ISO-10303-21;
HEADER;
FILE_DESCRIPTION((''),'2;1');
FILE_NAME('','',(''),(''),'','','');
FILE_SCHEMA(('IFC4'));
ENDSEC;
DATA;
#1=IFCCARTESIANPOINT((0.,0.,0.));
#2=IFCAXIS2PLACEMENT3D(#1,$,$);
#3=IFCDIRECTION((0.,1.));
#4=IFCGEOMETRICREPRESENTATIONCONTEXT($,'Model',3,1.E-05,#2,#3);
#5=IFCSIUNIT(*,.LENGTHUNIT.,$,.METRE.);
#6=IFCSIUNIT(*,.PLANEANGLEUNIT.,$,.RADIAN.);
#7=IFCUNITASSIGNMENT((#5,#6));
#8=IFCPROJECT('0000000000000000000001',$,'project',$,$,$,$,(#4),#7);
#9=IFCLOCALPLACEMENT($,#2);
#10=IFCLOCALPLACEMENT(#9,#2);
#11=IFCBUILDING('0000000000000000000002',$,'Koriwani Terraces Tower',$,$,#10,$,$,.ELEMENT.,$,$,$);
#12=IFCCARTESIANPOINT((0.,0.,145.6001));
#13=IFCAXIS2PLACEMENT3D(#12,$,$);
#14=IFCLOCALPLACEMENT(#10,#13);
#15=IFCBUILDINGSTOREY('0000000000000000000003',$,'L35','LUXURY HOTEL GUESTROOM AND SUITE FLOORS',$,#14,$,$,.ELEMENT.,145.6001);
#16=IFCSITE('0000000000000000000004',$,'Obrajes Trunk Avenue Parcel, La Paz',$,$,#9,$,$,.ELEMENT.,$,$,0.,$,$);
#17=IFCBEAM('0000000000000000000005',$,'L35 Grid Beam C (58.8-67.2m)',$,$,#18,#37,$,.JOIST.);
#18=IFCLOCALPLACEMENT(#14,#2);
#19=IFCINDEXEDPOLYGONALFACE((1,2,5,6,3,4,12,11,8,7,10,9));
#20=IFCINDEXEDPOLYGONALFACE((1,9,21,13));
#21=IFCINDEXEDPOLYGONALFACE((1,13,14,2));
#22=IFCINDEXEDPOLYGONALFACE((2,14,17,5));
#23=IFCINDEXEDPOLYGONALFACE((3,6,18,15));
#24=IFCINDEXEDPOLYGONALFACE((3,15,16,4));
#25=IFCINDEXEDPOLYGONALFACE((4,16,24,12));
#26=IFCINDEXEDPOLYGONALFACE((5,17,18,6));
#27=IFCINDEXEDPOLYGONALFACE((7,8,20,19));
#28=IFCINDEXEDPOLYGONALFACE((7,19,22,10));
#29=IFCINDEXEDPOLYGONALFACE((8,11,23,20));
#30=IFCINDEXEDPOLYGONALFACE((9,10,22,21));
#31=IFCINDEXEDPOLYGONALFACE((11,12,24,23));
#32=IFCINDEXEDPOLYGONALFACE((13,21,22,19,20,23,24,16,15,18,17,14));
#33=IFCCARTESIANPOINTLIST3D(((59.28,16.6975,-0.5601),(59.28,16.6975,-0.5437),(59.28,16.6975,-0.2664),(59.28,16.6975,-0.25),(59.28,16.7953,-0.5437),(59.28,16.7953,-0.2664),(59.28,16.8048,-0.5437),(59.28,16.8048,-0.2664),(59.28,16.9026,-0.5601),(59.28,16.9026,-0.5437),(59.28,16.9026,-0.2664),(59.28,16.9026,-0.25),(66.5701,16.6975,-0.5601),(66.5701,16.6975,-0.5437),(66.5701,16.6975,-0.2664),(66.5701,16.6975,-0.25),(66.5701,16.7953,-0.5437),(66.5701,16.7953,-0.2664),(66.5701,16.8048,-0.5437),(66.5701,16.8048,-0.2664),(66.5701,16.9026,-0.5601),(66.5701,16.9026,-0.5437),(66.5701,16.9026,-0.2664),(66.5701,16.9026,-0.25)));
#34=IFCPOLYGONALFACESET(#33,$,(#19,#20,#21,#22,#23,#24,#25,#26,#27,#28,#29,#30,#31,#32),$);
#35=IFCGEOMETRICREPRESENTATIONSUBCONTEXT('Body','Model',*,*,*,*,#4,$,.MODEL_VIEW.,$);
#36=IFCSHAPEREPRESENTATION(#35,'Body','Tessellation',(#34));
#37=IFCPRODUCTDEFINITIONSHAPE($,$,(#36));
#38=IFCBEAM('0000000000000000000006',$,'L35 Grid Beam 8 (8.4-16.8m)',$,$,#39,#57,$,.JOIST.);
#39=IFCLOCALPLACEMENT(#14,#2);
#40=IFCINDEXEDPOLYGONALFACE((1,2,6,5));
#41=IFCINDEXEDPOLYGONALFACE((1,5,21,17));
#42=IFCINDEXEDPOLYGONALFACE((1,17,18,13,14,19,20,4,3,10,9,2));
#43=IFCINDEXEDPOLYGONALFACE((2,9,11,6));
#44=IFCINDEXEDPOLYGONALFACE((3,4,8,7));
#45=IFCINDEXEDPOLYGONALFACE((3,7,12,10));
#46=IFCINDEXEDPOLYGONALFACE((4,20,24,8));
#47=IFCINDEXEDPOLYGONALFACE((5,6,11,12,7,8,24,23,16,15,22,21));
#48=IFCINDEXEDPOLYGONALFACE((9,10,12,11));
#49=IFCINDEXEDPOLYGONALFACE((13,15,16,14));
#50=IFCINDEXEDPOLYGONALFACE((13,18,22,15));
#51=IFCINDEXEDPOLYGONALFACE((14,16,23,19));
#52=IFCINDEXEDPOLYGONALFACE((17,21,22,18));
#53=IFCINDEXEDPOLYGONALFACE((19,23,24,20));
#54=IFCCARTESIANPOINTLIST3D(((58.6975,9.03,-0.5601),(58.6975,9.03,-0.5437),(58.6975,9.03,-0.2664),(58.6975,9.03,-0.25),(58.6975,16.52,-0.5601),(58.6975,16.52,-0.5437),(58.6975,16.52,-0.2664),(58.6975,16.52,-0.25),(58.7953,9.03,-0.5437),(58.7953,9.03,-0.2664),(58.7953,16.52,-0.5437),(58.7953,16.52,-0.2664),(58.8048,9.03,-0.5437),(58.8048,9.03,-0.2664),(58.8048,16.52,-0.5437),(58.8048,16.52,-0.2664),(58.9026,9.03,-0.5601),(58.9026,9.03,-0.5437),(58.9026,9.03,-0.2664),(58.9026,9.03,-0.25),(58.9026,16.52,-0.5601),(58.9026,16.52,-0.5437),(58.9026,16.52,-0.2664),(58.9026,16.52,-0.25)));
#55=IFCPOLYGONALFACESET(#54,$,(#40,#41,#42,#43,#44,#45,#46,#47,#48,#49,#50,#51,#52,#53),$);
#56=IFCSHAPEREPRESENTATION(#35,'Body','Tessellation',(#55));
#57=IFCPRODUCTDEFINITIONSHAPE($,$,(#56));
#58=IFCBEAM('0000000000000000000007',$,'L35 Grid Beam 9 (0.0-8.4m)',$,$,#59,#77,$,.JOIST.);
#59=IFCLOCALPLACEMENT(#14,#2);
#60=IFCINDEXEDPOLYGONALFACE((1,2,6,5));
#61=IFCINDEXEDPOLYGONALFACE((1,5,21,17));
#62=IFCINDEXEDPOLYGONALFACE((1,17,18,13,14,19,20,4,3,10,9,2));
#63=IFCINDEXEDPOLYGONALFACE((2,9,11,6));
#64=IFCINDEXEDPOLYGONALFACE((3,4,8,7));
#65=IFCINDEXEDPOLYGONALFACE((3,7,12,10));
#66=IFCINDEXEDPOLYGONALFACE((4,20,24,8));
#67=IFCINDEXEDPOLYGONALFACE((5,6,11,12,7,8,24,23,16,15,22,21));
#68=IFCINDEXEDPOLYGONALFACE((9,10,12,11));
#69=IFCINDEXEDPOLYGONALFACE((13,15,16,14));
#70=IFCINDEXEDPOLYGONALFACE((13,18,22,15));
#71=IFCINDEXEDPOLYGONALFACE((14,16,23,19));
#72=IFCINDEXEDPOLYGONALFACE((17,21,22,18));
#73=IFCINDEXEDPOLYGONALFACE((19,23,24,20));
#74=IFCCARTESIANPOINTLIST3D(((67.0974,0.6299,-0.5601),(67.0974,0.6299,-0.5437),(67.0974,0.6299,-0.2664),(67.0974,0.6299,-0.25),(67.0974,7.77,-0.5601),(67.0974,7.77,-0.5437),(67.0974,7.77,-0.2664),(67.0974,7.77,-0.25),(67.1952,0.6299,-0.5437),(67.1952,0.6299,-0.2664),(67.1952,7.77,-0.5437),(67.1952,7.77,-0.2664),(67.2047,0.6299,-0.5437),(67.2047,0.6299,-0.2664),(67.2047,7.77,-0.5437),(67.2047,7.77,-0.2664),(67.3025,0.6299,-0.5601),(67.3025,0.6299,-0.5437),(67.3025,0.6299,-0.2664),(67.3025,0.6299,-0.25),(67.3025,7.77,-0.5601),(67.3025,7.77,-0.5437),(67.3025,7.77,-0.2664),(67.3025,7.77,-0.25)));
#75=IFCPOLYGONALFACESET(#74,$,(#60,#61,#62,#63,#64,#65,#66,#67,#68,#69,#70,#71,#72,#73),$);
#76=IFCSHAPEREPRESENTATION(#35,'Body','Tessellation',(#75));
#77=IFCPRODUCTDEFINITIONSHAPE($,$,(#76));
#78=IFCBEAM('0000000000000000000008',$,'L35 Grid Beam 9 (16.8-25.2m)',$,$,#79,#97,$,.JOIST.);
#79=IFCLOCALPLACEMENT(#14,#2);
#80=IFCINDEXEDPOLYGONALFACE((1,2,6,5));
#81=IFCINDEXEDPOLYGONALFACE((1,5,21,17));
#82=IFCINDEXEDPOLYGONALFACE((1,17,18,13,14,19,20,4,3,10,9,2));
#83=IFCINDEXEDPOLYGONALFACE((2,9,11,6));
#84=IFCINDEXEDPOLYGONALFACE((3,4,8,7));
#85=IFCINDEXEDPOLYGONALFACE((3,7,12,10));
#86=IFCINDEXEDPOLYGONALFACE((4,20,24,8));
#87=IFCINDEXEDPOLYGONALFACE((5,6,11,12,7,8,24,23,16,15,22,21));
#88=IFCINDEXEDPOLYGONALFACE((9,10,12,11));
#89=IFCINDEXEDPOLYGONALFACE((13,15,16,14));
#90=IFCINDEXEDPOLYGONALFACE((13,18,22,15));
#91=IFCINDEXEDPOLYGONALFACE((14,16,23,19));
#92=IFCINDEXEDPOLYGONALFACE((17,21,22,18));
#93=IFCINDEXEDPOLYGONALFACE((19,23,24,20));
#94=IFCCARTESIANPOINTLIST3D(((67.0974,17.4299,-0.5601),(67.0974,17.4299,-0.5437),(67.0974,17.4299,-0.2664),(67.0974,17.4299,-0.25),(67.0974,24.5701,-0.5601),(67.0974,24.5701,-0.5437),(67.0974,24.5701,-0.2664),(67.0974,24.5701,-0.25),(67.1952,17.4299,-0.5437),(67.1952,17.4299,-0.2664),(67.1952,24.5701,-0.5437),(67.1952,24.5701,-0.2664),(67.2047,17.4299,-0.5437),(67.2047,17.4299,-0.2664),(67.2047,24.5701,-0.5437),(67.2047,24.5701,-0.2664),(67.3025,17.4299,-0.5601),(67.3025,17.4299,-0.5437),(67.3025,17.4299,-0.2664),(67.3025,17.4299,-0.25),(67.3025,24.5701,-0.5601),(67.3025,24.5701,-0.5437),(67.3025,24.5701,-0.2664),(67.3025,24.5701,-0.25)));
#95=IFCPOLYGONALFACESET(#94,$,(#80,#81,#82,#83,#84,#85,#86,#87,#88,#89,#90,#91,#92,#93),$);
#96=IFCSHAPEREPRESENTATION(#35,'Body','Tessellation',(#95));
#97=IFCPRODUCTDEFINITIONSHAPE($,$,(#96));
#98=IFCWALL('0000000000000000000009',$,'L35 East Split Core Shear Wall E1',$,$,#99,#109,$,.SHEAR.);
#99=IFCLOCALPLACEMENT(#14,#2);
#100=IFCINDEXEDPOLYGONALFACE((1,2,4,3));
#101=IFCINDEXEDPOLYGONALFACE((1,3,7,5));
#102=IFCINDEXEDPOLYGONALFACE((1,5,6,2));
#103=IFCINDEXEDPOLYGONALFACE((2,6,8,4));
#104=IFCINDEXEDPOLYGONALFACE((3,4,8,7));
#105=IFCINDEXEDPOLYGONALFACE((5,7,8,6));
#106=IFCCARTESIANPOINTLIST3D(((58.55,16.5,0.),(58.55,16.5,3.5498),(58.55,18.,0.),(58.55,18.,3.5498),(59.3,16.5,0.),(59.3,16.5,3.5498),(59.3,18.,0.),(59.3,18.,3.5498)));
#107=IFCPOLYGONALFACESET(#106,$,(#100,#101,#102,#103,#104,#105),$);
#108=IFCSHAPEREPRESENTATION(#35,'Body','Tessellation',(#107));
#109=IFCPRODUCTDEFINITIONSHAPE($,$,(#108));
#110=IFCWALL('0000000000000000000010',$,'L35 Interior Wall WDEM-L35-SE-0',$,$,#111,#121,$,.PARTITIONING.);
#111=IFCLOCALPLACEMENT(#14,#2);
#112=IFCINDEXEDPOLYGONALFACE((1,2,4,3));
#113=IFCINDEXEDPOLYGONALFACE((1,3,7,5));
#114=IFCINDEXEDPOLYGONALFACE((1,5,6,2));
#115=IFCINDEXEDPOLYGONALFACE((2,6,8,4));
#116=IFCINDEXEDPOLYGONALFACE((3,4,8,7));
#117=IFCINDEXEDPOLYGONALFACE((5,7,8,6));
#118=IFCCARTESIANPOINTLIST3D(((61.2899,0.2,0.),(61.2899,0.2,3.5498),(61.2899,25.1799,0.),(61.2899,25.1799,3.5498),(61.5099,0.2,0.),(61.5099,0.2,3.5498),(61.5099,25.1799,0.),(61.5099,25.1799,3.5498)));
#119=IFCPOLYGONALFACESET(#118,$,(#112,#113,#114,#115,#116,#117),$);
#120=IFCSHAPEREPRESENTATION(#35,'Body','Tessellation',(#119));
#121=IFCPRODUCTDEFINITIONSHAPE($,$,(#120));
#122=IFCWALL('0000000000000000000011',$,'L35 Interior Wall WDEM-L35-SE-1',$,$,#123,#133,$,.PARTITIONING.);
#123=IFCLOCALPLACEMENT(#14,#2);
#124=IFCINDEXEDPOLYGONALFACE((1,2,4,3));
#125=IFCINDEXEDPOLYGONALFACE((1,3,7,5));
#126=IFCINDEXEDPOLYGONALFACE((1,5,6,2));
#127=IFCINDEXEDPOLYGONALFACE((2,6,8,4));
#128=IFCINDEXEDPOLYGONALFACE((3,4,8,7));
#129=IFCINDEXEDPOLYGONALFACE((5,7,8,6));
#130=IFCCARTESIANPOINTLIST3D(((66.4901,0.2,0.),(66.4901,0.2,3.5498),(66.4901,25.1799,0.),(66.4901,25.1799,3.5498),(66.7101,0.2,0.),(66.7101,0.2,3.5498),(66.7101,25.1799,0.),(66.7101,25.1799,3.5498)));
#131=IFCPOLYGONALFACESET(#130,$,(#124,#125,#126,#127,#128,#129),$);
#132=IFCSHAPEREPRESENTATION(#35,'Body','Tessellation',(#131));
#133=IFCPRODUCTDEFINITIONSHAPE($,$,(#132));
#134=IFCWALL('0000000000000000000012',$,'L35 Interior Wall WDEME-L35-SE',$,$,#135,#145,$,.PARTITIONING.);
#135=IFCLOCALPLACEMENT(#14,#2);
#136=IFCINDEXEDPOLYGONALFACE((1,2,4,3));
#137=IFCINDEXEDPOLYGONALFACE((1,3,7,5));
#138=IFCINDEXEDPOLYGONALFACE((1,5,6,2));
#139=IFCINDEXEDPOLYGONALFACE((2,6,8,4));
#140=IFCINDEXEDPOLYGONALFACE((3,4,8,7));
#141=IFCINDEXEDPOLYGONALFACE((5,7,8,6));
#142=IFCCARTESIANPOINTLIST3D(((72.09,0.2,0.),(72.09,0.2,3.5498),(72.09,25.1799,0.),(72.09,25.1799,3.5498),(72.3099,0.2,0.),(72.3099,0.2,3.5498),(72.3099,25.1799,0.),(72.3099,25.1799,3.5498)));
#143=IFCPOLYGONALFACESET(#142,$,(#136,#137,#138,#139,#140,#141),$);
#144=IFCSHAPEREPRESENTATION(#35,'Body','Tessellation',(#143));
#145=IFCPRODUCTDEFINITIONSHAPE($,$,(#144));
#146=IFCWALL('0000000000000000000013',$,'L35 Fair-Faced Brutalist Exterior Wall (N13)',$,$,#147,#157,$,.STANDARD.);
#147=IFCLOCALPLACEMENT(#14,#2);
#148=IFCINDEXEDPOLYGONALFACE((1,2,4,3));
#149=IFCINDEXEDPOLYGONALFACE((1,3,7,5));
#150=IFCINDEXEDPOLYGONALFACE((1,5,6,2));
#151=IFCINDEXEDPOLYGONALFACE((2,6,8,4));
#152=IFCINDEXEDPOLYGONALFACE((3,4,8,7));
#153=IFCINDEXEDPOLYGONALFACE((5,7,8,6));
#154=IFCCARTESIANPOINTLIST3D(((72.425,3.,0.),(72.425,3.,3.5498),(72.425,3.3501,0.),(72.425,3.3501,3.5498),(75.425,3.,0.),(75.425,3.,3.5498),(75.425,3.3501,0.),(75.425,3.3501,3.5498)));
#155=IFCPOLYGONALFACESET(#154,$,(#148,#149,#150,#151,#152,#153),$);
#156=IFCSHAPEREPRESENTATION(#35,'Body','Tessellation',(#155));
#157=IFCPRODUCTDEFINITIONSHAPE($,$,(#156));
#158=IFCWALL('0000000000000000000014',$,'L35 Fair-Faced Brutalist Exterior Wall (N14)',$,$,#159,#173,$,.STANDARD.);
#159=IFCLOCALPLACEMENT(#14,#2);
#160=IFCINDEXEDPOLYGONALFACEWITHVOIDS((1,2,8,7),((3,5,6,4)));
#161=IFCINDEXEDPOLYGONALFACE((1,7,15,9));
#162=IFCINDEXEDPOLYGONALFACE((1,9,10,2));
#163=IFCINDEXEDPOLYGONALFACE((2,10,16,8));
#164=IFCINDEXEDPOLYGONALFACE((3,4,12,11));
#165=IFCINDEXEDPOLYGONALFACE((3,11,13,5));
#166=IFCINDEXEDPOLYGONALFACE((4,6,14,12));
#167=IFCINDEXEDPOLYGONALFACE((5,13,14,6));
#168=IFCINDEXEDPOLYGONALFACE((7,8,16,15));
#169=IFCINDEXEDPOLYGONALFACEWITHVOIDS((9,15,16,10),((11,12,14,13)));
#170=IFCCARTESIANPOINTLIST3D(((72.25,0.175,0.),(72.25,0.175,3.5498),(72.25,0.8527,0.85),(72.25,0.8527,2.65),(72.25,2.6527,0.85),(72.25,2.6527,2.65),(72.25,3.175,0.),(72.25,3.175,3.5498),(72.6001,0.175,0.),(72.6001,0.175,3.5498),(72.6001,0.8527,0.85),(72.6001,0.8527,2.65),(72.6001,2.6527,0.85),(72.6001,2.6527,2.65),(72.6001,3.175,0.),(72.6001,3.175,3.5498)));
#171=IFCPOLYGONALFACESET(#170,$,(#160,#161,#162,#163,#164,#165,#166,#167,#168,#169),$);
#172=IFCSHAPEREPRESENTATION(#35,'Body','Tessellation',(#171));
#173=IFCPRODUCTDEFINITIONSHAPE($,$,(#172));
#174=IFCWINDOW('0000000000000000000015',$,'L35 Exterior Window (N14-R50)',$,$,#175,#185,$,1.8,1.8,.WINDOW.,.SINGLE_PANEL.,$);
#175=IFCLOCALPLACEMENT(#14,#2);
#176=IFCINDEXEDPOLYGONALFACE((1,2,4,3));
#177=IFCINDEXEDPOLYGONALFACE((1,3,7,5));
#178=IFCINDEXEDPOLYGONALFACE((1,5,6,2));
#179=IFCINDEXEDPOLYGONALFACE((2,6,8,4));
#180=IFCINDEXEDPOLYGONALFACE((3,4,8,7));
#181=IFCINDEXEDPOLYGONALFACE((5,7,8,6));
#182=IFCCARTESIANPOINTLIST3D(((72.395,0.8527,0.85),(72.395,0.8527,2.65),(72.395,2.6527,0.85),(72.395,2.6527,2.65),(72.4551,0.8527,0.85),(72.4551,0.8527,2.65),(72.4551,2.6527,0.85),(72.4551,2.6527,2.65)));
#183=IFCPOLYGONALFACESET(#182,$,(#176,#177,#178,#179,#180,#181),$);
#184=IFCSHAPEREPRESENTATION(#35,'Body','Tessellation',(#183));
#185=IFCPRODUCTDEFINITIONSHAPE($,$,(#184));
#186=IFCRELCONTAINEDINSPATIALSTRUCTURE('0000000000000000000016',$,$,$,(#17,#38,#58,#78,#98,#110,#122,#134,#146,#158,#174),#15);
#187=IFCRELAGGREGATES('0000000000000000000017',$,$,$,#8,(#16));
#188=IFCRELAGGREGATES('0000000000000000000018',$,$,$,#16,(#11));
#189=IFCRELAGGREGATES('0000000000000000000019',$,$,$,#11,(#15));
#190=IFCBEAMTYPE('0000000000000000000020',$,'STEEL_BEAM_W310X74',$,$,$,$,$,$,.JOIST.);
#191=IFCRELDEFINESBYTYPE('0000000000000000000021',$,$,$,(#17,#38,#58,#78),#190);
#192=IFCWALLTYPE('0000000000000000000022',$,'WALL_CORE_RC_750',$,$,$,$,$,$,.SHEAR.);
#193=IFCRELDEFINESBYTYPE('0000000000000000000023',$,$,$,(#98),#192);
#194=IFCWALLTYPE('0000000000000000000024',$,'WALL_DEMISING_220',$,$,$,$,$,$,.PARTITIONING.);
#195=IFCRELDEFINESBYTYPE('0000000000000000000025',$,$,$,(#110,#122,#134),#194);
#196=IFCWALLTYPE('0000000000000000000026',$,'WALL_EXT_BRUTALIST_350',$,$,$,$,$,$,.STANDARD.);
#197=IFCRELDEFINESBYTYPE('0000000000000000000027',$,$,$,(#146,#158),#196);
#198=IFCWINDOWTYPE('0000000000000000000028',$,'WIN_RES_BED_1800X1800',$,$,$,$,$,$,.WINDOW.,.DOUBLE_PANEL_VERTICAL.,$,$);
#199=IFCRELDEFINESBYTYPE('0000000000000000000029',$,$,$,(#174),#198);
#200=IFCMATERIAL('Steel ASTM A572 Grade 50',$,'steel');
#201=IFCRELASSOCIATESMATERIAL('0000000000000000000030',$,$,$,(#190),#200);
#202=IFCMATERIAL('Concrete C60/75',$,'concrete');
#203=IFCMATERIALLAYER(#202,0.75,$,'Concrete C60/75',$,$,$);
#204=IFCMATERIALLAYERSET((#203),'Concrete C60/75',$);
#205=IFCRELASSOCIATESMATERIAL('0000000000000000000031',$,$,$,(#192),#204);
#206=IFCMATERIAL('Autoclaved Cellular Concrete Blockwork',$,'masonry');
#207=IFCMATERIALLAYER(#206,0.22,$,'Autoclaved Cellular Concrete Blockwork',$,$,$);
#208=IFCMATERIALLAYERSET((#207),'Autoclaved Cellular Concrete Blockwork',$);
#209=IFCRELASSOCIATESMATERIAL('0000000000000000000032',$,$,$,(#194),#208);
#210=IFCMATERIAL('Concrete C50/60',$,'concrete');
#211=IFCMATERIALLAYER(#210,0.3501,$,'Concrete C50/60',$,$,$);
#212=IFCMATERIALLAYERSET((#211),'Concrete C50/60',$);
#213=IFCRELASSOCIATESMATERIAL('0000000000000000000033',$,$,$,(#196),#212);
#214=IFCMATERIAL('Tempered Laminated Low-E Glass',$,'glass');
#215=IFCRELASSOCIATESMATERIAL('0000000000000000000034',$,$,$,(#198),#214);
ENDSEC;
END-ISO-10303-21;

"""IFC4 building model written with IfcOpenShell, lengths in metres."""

from ifc_helpers import new_model, si_unit, direction, frame, frame_2d, origin, origin_2d, place, context, subcontext, project, spatial, rectangle, i_section, extrude, material, layer, layer_set, material_profile, profile_set, type_object, element, fill, save


model = new_model("IFC4")

# Units and contexts
model_context = context("Model", 3, precision=1e-05, world=origin(), true_north=direction((0.0, 1.0)))
body_context = subcontext(model_context, "Body", "Model", "MODEL_VIEW")
ifc_project = project(units=[si_unit("LENGTHUNIT", "METRE"), si_unit("PLANEANGLEUNIT", "RADIAN")], contexts=[model_context])

# Site, building, storey
site_placement = place(None, origin())
site = spatial("IfcSite", under=ifc_project, at=site_placement, Name="Obrajes Trunk Avenue Parcel, La Paz", CompositionType="ELEMENT", RefElevation=0.0)
building_placement = place(site_placement, origin())
building = spatial("IfcBuilding", under=site, at=building_placement, Name="Koriwani Terraces Tower", CompositionType="ELEMENT")
storey_placement = place(building_placement, frame((0.0, 0.0, 145.6001)))
storey = spatial("IfcBuildingStorey", under=building, at=storey_placement, Name="L35", Description="LUXURY HOTEL GUESTROOM AND SUITE FLOORS", CompositionType="ELEMENT", Elevation=145.6001)

# Shared definitions
ifc_material_1 = material(Name="Concrete C60/75", Category="concrete")

# Beams
ifc_material_2 = material(Name="Concrete C50/60", Category="concrete")
ifc_material_3 = material(Name="Steel ASTM A572 Grade 50", Category="steel")
ifc_material_profile_1 = material_profile(ifc_material_3, i_section(OverallWidth=0.2051, OverallDepth=0.3101, WebThickness=0.0095, FlangeThickness=0.0164, at=origin_2d()), Name="Steel ASTM A572 Grade 50", Category="LoadBearing")
ifc_profile_set_1 = profile_set([ifc_material_profile_1], Name="Steel ASTM A572 Grade 50")
beam_type_1 = type_object("IfcBeamType", Name="STEEL_BEAM_W310X74", PredefinedType="JOIST", material=ifc_profile_set_1)
beam_1_placement = place(storey_placement, frame((59.28, 16.8, -0.405), z_axis=(1.0, 0.0, 0.0), x_axis=(0.0, 1.0, 0.0)))
element("IfcBeam", 1, at=beam_1_placement, inside=storey, type_object=beam_type_1, Name="L35 Grid Beam C (58.8-67.2m)", PredefinedType="JOIST", context=body_context, shape_type="SweptSolid", body=[
    extrude(i_section(OverallWidth=0.2051, OverallDepth=0.3101, WebThickness=0.0095, FlangeThickness=0.0164, at=origin_2d()), origin(), (0.0, 0.0, 1.0), 7.29),
])
beam_2_placement = place(storey_placement, frame((58.8, 9.03, -0.405), z_axis=(0.0, 1.0, 0.0), x_axis=(-1.0, 0.0, 0.0)))
element("IfcBeam", 2, at=beam_2_placement, inside=storey, type_object=beam_type_1, Name="L35 Grid Beam 8 (8.4-16.8m)", PredefinedType="JOIST", context=body_context, shape_type="SweptSolid", body=[
    extrude(i_section(OverallWidth=0.2051, OverallDepth=0.3101, WebThickness=0.0095, FlangeThickness=0.0164, at=origin_2d()), origin(), (0.0, 0.0, 1.0), 7.49),
])
for number, where, z_axis, x_axis, name in (
    (3, (67.2, 0.6299, -0.405), (0.0, 1.0, 0.0), (-1.0, 0.0, 0.0), "L35 Grid Beam 9 (0.0-8.4m)"),
    (4, (67.2, 17.4299, -0.405), (0.0, 1.0, 0.0), (-1.0, 0.0, 0.0), "L35 Grid Beam 9 (16.8-25.2m)"),
):
    element("IfcBeam", number, at=place(storey_placement, frame(where, z_axis=z_axis, x_axis=x_axis)), inside=storey, type_object=beam_type_1, Name=name, PredefinedType="JOIST", context=body_context, shape_type="SweptSolid", body=[
        extrude(i_section(OverallWidth=0.2051, OverallDepth=0.3101, WebThickness=0.0095, FlangeThickness=0.0164, at=origin_2d()), origin(), (0.0, 0.0, 1.0), 7.1401),
    ])

# Walls
ifc_layer_1 = layer(ifc_material_1, 0.75, Name="Concrete C60/75")
ifc_layer_set_1 = layer_set([ifc_layer_1], Name="Concrete C60/75")
wall_type_1 = type_object("IfcWallType", Name="WALL_CORE_RC_750", PredefinedType="SHEAR", material=ifc_layer_set_1)
wall_1_placement = place(storey_placement, frame((58.925, 16.5, 0.0), z_axis=(0.0, 0.0, 1.0), x_axis=(0.0, 1.0, 0.0)))
element("IfcWall", 5, at=wall_1_placement, inside=storey, type_object=wall_type_1, Name="L35 East Split Core Shear Wall E1", PredefinedType="SHEAR", context=body_context, shape_type="SweptSolid", body=[
    extrude(rectangle(XDim=1.5, YDim=0.75, at=frame_2d((0.75, 0.0))), origin(), (0.0, 0.0, 1.0), 3.5498),
])
ifc_material_4 = material(Name="Autoclaved Cellular Concrete Blockwork", Category="masonry")
ifc_layer_2 = layer(ifc_material_4, 0.22, Name="Autoclaved Cellular Concrete Blockwork")
ifc_layer_set_2 = layer_set([ifc_layer_2], Name="Autoclaved Cellular Concrete Blockwork")
wall_type_2 = type_object("IfcWallType", Name="WALL_DEMISING_220", PredefinedType="PARTITIONING", material=ifc_layer_set_2)
for number, where, z_axis, x_axis, name in (
    (6, (61.3999, 0.2, 0.0), (0.0, 0.0, 1.0), (0.0, 1.0, 0.0), "L35 Interior Wall WDEM-L35-SE-0"),
    (7, (66.6001, 0.2, 0.0), (0.0, 0.0, 1.0), (0.0, 1.0, 0.0), "L35 Interior Wall WDEM-L35-SE-1"),
    (8, (72.2, 0.2, 0.0), (0.0, 0.0, 1.0), (0.0, 1.0, 0.0), "L35 Interior Wall WDEME-L35-SE"),
):
    element("IfcWall", number, at=place(storey_placement, frame(where, z_axis=z_axis, x_axis=x_axis)), inside=storey, type_object=wall_type_2, Name=name, PredefinedType="PARTITIONING", context=body_context, shape_type="SweptSolid", body=[
        extrude(rectangle(XDim=24.98, YDim=0.22, at=frame_2d((12.49, 0.0))), origin(), (0.0, 0.0, 1.0), 3.5498),
    ])
ifc_layer_3 = layer(ifc_material_2, 0.3501, Name="Concrete C50/60")
ifc_layer_set_3 = layer_set([ifc_layer_3], Name="Concrete C50/60")
wall_type_3 = type_object("IfcWallType", Name="WALL_EXT_BRUTALIST_350", PredefinedType="STANDARD", material=ifc_layer_set_3)
wall_2_placement = place(storey_placement, frame((75.425, 3.175, 0.0), z_axis=(0.0, 0.0, 1.0), x_axis=(-1.0, 0.0, 0.0)))
element("IfcWall", 9, at=wall_2_placement, inside=storey, type_object=wall_type_3, Name="L35 Fair-Faced Brutalist Exterior Wall (N13)", PredefinedType="STANDARD", context=body_context, shape_type="SweptSolid", body=[
    extrude(rectangle(XDim=3.0, YDim=0.3501, at=frame_2d((1.5, 0.0))), origin(), (0.0, 0.0, 1.0), 3.5498),
])

# Wall, opening, window
wall_3_placement = place(storey_placement, frame((72.425, 3.175, 0.0), z_axis=(0.0, 0.0, 1.0), x_axis=(0.0, -1.0, 0.0)))
wall_3 = element("IfcWall", 10, at=wall_3_placement, inside=storey, type_object=wall_type_3, Name="L35 Fair-Faced Brutalist Exterior Wall (N14)", PredefinedType="STANDARD", context=body_context, shape_type="SweptSolid", body=[
    extrude(rectangle(XDim=3.0, YDim=0.3501, at=frame_2d((1.5, 0.0))), origin(), (0.0, 0.0, 1.0), 3.5498),
])
opening_1_placement = place(wall_3_placement, frame((0.5225, 0.0, 0.8501)))
opening_1 = element("IfcOpeningElement", 11, at=opening_1_placement, cuts=wall_3, PredefinedType="OPENING", context=body_context, shape_type="SweptSolid", body=[
    extrude(rectangle(XDim=1.8, YDim=1.8, at=frame_2d((0.8999, 0.8999))), frame((0.0, 0.1851, 0.0), z_axis=(0.0, -1.0, 0.0), x_axis=(1.0, 0.0, 0.0)), (0.0, 0.0, 1.0), 0.3701),
])
ifc_material_5 = material(Name="Tempered Laminated Low-E Glass", Category="glass")
window_type_1 = type_object("IfcWindowType", Name="WIN_RES_BED_1800X1800", PartitioningType="DOUBLE_PANEL_VERTICAL", PredefinedType="WINDOW", material=ifc_material_5)
window_1_placement = place(opening_1_placement, origin())
window_1 = element("IfcWindow", 12, at=window_1_placement, inside=storey, type_object=window_type_1, Name="L35 Exterior Window (N14-R50)", OverallHeight=1.8, OverallWidth=1.8, PartitioningType="SINGLE_PANEL", PredefinedType="WINDOW", context=body_context, shape_type="SweptSolid", body=[
    extrude(rectangle(XDim=1.8, YDim=1.8, at=frame_2d((0.8999, 0.8999))), frame((0.0, 0.03, 0.0), z_axis=(0.0, -1.0, 0.0), x_axis=(1.0, 0.0, 0.0)), (0.0, 0.0, 1.0), 0.0601),
])
fill(opening_1, window_1)

save(model, "model.ifc")
